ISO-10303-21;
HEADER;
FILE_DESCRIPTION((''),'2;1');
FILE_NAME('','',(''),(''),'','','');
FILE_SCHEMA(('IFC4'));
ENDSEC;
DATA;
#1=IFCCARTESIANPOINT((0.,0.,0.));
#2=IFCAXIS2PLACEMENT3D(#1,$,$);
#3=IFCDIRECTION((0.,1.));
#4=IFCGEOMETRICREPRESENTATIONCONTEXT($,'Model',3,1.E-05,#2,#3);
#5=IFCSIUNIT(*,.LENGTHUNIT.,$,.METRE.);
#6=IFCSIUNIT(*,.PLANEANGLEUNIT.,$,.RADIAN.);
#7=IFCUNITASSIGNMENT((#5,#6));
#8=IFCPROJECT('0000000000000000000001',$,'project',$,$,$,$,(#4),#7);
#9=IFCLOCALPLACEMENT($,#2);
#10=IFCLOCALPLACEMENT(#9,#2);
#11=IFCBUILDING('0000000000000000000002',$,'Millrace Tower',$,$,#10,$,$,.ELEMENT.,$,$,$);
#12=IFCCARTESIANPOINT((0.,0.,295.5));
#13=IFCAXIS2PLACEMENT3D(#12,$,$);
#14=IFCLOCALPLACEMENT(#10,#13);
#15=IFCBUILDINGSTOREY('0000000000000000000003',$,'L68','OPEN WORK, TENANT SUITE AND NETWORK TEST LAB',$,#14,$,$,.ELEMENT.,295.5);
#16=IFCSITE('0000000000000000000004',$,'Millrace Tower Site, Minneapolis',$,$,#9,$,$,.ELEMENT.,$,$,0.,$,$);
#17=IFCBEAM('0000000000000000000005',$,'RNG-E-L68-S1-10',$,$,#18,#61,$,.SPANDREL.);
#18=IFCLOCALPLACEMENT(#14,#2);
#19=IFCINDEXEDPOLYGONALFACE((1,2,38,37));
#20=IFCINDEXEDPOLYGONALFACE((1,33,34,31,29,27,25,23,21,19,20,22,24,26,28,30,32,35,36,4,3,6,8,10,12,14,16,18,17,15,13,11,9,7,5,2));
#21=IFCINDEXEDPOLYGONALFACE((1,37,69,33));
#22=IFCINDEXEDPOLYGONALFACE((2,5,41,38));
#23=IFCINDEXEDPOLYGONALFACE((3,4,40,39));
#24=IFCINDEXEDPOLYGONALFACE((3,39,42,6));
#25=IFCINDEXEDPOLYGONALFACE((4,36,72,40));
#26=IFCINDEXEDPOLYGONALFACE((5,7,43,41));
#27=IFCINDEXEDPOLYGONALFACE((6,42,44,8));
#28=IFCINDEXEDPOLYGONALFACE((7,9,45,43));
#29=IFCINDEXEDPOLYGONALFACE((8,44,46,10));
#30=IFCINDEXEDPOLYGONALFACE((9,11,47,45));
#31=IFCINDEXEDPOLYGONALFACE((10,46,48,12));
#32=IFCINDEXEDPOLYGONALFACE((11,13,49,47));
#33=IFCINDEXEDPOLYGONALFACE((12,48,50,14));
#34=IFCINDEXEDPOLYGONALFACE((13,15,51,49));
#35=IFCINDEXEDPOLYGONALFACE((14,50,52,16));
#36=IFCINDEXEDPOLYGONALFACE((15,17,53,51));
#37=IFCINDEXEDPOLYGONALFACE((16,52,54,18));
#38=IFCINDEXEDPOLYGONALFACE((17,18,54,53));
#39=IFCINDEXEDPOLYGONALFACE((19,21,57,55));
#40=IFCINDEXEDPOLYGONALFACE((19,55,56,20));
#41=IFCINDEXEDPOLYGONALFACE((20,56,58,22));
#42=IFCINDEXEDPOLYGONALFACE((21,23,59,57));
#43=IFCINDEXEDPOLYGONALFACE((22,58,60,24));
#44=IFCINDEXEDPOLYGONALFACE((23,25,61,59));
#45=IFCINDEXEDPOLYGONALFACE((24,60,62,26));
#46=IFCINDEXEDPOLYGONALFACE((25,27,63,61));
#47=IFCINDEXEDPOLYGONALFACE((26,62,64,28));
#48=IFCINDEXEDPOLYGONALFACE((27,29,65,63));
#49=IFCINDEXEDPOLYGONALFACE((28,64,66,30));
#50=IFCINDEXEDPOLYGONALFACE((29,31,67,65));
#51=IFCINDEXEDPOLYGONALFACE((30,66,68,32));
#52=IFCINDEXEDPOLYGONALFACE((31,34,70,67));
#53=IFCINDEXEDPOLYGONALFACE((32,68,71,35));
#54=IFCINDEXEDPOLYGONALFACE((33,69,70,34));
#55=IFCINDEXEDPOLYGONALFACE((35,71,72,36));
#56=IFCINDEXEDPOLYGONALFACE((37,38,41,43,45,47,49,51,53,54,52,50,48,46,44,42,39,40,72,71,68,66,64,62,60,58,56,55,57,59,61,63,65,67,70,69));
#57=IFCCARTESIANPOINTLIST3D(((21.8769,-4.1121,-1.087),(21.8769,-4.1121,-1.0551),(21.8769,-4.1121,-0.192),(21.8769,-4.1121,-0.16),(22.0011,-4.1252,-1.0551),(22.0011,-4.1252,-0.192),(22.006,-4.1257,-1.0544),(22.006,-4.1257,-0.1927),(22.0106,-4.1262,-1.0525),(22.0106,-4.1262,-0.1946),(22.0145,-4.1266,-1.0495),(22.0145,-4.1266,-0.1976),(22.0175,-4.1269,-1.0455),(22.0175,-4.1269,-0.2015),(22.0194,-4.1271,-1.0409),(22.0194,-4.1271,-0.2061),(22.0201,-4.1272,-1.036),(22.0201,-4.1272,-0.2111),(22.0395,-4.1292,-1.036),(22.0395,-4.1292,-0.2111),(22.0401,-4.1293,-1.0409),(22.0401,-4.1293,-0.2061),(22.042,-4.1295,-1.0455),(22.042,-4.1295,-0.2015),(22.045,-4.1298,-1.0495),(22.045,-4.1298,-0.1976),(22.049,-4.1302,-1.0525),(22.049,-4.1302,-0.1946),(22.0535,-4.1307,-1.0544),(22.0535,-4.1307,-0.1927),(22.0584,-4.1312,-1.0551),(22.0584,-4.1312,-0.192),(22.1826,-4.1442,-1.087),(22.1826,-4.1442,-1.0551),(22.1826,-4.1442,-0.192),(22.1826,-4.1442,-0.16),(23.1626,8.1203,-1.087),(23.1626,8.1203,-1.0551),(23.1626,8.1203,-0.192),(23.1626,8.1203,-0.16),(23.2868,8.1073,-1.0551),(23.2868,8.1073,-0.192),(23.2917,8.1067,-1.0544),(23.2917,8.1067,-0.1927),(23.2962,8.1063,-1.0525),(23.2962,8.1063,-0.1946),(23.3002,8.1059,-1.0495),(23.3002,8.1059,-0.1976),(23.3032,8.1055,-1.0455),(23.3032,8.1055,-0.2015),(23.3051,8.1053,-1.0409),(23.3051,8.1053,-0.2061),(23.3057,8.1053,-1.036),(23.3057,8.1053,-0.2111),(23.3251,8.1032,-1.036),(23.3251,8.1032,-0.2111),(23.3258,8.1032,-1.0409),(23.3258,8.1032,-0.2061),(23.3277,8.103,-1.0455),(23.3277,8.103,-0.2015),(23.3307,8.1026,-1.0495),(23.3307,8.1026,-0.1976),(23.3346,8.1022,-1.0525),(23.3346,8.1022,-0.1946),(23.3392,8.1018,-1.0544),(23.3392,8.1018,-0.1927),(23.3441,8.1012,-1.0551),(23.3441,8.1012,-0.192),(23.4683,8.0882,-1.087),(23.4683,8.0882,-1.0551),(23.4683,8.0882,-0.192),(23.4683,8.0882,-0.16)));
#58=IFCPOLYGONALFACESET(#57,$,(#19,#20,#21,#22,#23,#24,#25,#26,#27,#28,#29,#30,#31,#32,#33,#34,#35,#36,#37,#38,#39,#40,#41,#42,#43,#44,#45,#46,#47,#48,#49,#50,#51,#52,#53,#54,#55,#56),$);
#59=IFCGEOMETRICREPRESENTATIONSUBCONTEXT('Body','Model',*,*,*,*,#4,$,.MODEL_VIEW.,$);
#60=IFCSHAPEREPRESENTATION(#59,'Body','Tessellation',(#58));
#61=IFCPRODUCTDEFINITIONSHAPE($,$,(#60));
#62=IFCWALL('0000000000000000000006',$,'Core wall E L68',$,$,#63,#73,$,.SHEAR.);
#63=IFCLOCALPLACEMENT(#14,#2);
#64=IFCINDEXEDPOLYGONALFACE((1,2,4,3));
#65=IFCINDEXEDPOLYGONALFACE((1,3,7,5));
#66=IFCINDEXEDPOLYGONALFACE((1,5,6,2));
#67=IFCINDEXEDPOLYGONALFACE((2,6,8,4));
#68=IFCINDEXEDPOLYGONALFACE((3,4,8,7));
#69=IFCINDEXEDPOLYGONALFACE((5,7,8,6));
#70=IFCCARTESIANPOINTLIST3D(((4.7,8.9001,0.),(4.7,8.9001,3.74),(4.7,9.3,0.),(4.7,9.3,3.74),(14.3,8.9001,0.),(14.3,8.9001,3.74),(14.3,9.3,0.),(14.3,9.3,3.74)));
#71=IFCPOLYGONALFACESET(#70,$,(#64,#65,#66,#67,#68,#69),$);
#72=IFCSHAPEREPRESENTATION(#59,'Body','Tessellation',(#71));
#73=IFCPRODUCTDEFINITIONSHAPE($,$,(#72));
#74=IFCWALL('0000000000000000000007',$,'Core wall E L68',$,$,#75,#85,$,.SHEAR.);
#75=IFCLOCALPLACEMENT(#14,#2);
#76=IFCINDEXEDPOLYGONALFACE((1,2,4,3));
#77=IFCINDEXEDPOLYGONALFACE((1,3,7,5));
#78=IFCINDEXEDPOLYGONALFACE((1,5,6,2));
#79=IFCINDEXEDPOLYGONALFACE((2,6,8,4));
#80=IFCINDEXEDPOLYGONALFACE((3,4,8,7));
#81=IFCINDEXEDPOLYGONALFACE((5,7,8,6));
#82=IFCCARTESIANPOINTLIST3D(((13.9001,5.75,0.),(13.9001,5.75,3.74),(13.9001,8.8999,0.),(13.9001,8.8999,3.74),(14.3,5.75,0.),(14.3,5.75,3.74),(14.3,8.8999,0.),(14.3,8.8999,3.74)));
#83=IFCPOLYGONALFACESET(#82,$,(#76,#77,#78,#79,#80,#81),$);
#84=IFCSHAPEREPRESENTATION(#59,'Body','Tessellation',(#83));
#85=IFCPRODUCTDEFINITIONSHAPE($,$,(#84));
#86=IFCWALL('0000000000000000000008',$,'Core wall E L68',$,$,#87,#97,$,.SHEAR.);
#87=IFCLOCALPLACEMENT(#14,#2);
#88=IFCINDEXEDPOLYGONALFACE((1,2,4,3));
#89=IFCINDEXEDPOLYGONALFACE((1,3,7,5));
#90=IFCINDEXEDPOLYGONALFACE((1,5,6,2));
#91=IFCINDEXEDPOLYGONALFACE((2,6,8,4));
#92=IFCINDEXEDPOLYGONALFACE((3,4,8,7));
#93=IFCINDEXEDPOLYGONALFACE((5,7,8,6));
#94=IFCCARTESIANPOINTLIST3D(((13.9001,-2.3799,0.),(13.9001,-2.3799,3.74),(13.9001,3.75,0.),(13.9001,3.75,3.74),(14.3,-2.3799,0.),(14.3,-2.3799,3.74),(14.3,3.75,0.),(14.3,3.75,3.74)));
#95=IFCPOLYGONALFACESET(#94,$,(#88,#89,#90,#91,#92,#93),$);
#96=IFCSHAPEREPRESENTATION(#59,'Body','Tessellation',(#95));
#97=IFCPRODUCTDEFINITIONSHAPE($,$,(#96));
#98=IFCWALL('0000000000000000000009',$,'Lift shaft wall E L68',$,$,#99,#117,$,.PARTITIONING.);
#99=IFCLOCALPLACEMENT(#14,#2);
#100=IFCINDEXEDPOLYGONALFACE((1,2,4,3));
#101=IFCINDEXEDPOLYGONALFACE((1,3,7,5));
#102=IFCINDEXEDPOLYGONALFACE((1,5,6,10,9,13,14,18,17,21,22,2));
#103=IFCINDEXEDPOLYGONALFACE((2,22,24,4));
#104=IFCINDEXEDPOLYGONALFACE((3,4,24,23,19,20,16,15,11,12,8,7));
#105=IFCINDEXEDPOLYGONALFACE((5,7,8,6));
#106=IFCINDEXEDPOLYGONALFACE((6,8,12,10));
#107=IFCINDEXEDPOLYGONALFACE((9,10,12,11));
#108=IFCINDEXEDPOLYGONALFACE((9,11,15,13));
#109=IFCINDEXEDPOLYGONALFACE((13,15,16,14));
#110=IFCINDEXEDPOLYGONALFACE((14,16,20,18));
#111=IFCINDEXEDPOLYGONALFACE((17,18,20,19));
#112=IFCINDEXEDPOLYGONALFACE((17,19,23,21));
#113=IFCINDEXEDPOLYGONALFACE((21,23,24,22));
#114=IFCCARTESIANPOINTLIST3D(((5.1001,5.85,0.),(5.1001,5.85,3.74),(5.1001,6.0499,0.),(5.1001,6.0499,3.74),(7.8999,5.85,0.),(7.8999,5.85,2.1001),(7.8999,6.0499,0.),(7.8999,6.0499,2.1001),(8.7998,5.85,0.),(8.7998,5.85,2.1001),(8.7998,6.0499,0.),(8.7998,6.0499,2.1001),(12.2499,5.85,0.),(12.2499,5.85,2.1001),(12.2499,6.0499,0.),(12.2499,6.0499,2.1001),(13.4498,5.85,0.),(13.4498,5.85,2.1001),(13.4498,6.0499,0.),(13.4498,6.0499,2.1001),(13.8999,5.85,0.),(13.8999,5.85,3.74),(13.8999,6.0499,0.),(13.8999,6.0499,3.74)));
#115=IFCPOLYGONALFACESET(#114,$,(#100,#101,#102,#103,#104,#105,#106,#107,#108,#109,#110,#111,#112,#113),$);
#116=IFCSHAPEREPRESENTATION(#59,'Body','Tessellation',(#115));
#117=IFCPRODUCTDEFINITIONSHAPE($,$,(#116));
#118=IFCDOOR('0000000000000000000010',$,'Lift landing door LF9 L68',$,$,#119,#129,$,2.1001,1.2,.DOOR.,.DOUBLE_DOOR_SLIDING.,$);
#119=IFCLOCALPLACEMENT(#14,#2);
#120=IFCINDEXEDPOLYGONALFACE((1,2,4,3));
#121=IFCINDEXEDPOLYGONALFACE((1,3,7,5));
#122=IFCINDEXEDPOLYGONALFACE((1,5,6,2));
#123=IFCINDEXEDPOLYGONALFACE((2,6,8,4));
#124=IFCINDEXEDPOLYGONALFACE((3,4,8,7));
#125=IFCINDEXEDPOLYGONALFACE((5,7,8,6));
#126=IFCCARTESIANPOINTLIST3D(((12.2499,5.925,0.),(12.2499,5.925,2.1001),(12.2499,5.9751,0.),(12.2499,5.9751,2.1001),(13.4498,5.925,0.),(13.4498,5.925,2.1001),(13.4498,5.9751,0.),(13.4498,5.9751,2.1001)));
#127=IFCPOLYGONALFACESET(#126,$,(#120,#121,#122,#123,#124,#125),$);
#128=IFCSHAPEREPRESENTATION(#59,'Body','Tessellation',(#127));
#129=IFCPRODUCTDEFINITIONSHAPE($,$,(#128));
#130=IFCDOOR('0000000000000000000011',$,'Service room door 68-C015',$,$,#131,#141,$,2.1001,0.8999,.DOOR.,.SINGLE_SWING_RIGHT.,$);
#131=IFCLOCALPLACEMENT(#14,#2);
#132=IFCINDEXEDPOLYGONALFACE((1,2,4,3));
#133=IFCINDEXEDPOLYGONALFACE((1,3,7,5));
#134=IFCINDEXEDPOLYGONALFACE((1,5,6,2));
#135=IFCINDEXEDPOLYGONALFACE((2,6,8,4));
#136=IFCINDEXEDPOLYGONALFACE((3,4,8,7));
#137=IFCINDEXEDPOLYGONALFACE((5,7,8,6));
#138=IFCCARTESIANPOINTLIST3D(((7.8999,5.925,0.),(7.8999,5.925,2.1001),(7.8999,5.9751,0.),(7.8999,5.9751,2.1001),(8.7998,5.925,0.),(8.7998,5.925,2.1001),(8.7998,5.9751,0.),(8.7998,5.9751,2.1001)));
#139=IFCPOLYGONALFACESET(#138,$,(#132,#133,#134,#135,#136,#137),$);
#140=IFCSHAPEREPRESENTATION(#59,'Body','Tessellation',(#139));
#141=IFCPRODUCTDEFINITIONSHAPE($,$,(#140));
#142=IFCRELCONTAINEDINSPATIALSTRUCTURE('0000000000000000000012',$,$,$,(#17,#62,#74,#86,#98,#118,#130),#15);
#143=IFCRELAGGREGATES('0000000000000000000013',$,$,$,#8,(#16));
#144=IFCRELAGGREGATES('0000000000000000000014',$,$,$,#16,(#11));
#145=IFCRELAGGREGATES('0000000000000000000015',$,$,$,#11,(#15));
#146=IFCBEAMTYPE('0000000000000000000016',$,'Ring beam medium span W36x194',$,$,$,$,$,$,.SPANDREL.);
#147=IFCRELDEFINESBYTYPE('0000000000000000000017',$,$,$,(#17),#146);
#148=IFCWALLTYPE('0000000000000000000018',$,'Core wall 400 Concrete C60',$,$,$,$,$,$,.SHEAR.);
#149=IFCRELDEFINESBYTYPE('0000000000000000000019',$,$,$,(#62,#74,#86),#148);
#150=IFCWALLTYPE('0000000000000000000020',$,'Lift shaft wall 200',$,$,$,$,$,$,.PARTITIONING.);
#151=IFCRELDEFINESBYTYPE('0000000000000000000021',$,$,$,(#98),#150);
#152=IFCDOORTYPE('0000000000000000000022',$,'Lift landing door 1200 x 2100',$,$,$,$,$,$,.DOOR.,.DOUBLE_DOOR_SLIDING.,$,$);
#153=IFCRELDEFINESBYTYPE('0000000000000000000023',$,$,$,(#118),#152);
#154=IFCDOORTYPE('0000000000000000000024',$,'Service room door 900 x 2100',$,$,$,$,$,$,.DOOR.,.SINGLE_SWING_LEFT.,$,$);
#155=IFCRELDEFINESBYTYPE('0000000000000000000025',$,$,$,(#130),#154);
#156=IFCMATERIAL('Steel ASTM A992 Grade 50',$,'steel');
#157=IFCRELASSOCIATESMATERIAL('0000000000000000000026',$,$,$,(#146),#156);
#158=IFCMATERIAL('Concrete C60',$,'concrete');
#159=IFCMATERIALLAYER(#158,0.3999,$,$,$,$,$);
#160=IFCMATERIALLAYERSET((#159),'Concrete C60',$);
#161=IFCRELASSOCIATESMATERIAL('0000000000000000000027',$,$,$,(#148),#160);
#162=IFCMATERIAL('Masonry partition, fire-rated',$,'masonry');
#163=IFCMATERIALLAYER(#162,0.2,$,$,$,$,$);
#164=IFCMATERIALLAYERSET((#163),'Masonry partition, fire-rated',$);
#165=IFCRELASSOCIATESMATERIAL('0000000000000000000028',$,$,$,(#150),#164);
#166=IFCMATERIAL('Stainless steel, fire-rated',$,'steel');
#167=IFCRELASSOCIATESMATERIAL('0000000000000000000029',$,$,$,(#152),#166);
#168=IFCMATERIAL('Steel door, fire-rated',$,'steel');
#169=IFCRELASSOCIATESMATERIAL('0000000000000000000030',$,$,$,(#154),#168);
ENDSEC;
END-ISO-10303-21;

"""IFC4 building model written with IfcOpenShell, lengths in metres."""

from ifc_helpers import new_model, si_unit, direction, frame, frame_2d, origin, origin_2d, place, context, subcontext, project, spatial, rectangle, i_section, extrude, material, layer, layer_set, material_profile, profile_set, type_object, element, fill, save


model = new_model("IFC4")

# Units and contexts
model_context = context("Model", 3, precision=1e-05, world=origin(), true_north=direction((0.0, 1.0)))
body_context = subcontext(model_context, "Body", "Model", "MODEL_VIEW")
ifc_project = project(units=[si_unit("LENGTHUNIT", "METRE"), si_unit("PLANEANGLEUNIT", "RADIAN")], contexts=[model_context])

# Site, building, storey
site_placement = place(None, origin())
site = spatial("IfcSite", under=ifc_project, at=site_placement, Name="Millrace Tower Site, Minneapolis", CompositionType="ELEMENT", RefElevation=0.0)
building_placement = place(site_placement, origin())
building = spatial("IfcBuilding", under=site, at=building_placement, Name="Millrace Tower", CompositionType="ELEMENT")
storey_placement = place(building_placement, frame((0.0, 0.0, 295.5)))
storey = spatial("IfcBuildingStorey", under=building, at=storey_placement, Name="L68", Description="OPEN WORK, TENANT SUITE AND NETWORK TEST LAB", CompositionType="ELEMENT", Elevation=295.5)

# Beam
ifc_material_1 = material(Name="Steel ASTM A992 Grade 50", Category="steel")
ifc_material_profile_1 = material_profile(ifc_material_1, i_section(OverallWidth=0.3074, OverallDepth=0.927, WebThickness=0.0195, FlangeThickness=0.032, FilletRadius=0.019, at=origin_2d()))
ifc_profile_set_1 = profile_set([ifc_material_profile_1], Name="Steel ASTM A992 Grade 50")
beam_type_1 = type_object("IfcBeamType", Name="Ring beam medium span W36x194", PredefinedType="SPANDREL", material=ifc_profile_set_1)
beam_1_placement = place(storey_placement, frame((23.3154, 8.1042, -0.6235), z_axis=(-0.104526, -0.994522, 0.0), x_axis=(0.994522, -0.104526, 0.0)))
element("IfcBeam", 1, at=beam_1_placement, inside=storey, type_object=beam_type_1, Name="RNG-E-L68-S1-10", PredefinedType="SPANDREL", context=body_context, shape_type="SweptSolid", body=[
    extrude(i_section(OverallWidth=0.3074, OverallDepth=0.927, WebThickness=0.0195, FlangeThickness=0.032, FilletRadius=0.019, at=origin_2d()), origin(), (0.0, 0.0, 1.0), 12.2998),
])

# Walls
ifc_material_2 = material(Name="Concrete C60", Category="concrete")
ifc_layer_1 = layer(ifc_material_2, 0.3999)
ifc_layer_set_1 = layer_set([ifc_layer_1], Name="Concrete C60")
wall_type_1 = type_object("IfcWallType", Name="Core wall 400 Concrete C60", PredefinedType="SHEAR", material=ifc_layer_set_1)
wall_1_placement = place(storey_placement, frame((14.3, 9.1001, 0.0), z_axis=(0.0, 0.0, 1.0), x_axis=(-1.0, 0.0, 0.0)))
element("IfcWall", 2, at=wall_1_placement, inside=storey, type_object=wall_type_1, Name="Core wall E L68", PredefinedType="SHEAR", context=body_context, shape_type="SweptSolid", body=[
    extrude(rectangle(XDim=9.6001, YDim=0.3999, at=frame_2d((4.8, 0.0))), origin(), (0.0, 0.0, 1.0), 3.74),
])
wall_2_placement = place(storey_placement, frame((14.1001, 8.8999, 0.0), z_axis=(0.0, 0.0, 1.0), x_axis=(0.0, -1.0, 0.0)))
element("IfcWall", 3, at=wall_2_placement, inside=storey, type_object=wall_type_1, Name="Core wall E L68", PredefinedType="SHEAR", context=body_context, shape_type="SweptSolid", body=[
    extrude(rectangle(XDim=3.1499, YDim=0.3999, at=frame_2d((1.575, 0.0))), origin(), (0.0, 0.0, 1.0), 3.74),
])
wall_3_placement = place(storey_placement, frame((14.1001, 3.75, 0.0), z_axis=(0.0, 0.0, 1.0), x_axis=(0.0, -1.0, 0.0)))
element("IfcWall", 4, at=wall_3_placement, inside=storey, type_object=wall_type_1, Name="Core wall E L68", PredefinedType="SHEAR", context=body_context, shape_type="SweptSolid", body=[
    extrude(rectangle(XDim=6.1299, YDim=0.3999, at=frame_2d((3.0649, 0.0))), origin(), (0.0, 0.0, 1.0), 3.74),
])

# Wall, openings, doors
ifc_material_3 = material(Name="Masonry partition, fire-rated", Category="masonry")
ifc_layer_2 = layer(ifc_material_3, 0.2)
ifc_layer_set_2 = layer_set([ifc_layer_2], Name="Masonry partition, fire-rated")
wall_type_2 = type_object("IfcWallType", Name="Lift shaft wall 200", PredefinedType="PARTITIONING", material=ifc_layer_set_2)
wall_4_placement = place(storey_placement, frame((13.8999, 5.95, 0.0), z_axis=(0.0, 0.0, 1.0), x_axis=(-1.0, 0.0, 0.0)))
wall_4 = element("IfcWall", 5, at=wall_4_placement, inside=storey, type_object=wall_type_2, Name="Lift shaft wall E L68", PredefinedType="PARTITIONING", context=body_context, shape_type="SweptSolid", body=[
    extrude(rectangle(XDim=8.7998, YDim=0.2, at=frame_2d((4.3999, 0.0))), origin(), (0.0, 0.0, 1.0), 3.74),
])
opening_1_placement = place(wall_4_placement, frame((0.45, 0.0, 0.0)))
opening_1 = element("IfcOpeningElement", 6, at=opening_1_placement, cuts=wall_4, PredefinedType="OPENING", context=body_context, shape_type="SweptSolid", body=[
    extrude(rectangle(XDim=1.2, YDim=2.1001, at=frame_2d((0.6001, 1.05))), frame((0.0, 0.1099, 0.0), z_axis=(0.0, -1.0, 0.0), x_axis=(1.0, 0.0, 0.0)), (0.0, 0.0, 1.0), 0.22),
])
opening_2_placement = place(wall_4_placement, frame((5.1001, 0.0, 0.0)))
opening_2 = element("IfcOpeningElement", 7, at=opening_2_placement, cuts=wall_4, PredefinedType="OPENING", context=body_context, shape_type="SweptSolid", body=[
    extrude(rectangle(XDim=0.8999, YDim=2.1001, at=frame_2d((0.45, 1.05))), frame((0.0, 0.1099, 0.0), z_axis=(0.0, -1.0, 0.0), x_axis=(1.0, 0.0, 0.0)), (0.0, 0.0, 1.0), 0.22),
])
ifc_material_4 = material(Name="Stainless steel, fire-rated", Category="steel")
door_type_1 = type_object("IfcDoorType", Name="Lift landing door 1200 x 2100", OperationType="DOUBLE_DOOR_SLIDING", PredefinedType="DOOR", material=ifc_material_4)
door_1_placement = place(opening_1_placement, origin())
door_1 = element("IfcDoor", 8, at=door_1_placement, inside=storey, type_object=door_type_1, Name="Lift landing door LF9 L68", OperationType="DOUBLE_DOOR_SLIDING", OverallHeight=2.1001, OverallWidth=1.2, PredefinedType="DOOR", context=body_context, shape_type="SweptSolid", body=[
    extrude(rectangle(XDim=1.2, YDim=2.1001, at=frame_2d((0.6001, 1.05))), frame((0.0, 0.0249, 0.0), z_axis=(0.0, -1.0, 0.0), x_axis=(1.0, 0.0, 0.0)), (0.0, 0.0, 1.0), 0.05),
])
fill(opening_1, door_1)
ifc_material_5 = material(Name="Steel door, fire-rated", Category="steel")
door_type_2 = type_object("IfcDoorType", Name="Service room door 900 x 2100", OperationType="SINGLE_SWING_LEFT", PredefinedType="DOOR", material=ifc_material_5)
door_2_placement = place(opening_2_placement, origin())
door_2 = element("IfcDoor", 9, at=door_2_placement, inside=storey, type_object=door_type_2, Name="Service room door 68-C015", OperationType="SINGLE_SWING_RIGHT", OverallHeight=2.1001, OverallWidth=0.8999, PredefinedType="DOOR", context=body_context, shape_type="SweptSolid", body=[
    extrude(rectangle(XDim=0.8999, YDim=2.1001, at=frame_2d((0.45, 1.05))), frame((0.0, 0.0249, 0.0), z_axis=(0.0, -1.0, 0.0), x_axis=(1.0, 0.0, 0.0)), (0.0, 0.0, 1.0), 0.05),
])
fill(opening_2, door_2)

save(model, "model.ifc")
